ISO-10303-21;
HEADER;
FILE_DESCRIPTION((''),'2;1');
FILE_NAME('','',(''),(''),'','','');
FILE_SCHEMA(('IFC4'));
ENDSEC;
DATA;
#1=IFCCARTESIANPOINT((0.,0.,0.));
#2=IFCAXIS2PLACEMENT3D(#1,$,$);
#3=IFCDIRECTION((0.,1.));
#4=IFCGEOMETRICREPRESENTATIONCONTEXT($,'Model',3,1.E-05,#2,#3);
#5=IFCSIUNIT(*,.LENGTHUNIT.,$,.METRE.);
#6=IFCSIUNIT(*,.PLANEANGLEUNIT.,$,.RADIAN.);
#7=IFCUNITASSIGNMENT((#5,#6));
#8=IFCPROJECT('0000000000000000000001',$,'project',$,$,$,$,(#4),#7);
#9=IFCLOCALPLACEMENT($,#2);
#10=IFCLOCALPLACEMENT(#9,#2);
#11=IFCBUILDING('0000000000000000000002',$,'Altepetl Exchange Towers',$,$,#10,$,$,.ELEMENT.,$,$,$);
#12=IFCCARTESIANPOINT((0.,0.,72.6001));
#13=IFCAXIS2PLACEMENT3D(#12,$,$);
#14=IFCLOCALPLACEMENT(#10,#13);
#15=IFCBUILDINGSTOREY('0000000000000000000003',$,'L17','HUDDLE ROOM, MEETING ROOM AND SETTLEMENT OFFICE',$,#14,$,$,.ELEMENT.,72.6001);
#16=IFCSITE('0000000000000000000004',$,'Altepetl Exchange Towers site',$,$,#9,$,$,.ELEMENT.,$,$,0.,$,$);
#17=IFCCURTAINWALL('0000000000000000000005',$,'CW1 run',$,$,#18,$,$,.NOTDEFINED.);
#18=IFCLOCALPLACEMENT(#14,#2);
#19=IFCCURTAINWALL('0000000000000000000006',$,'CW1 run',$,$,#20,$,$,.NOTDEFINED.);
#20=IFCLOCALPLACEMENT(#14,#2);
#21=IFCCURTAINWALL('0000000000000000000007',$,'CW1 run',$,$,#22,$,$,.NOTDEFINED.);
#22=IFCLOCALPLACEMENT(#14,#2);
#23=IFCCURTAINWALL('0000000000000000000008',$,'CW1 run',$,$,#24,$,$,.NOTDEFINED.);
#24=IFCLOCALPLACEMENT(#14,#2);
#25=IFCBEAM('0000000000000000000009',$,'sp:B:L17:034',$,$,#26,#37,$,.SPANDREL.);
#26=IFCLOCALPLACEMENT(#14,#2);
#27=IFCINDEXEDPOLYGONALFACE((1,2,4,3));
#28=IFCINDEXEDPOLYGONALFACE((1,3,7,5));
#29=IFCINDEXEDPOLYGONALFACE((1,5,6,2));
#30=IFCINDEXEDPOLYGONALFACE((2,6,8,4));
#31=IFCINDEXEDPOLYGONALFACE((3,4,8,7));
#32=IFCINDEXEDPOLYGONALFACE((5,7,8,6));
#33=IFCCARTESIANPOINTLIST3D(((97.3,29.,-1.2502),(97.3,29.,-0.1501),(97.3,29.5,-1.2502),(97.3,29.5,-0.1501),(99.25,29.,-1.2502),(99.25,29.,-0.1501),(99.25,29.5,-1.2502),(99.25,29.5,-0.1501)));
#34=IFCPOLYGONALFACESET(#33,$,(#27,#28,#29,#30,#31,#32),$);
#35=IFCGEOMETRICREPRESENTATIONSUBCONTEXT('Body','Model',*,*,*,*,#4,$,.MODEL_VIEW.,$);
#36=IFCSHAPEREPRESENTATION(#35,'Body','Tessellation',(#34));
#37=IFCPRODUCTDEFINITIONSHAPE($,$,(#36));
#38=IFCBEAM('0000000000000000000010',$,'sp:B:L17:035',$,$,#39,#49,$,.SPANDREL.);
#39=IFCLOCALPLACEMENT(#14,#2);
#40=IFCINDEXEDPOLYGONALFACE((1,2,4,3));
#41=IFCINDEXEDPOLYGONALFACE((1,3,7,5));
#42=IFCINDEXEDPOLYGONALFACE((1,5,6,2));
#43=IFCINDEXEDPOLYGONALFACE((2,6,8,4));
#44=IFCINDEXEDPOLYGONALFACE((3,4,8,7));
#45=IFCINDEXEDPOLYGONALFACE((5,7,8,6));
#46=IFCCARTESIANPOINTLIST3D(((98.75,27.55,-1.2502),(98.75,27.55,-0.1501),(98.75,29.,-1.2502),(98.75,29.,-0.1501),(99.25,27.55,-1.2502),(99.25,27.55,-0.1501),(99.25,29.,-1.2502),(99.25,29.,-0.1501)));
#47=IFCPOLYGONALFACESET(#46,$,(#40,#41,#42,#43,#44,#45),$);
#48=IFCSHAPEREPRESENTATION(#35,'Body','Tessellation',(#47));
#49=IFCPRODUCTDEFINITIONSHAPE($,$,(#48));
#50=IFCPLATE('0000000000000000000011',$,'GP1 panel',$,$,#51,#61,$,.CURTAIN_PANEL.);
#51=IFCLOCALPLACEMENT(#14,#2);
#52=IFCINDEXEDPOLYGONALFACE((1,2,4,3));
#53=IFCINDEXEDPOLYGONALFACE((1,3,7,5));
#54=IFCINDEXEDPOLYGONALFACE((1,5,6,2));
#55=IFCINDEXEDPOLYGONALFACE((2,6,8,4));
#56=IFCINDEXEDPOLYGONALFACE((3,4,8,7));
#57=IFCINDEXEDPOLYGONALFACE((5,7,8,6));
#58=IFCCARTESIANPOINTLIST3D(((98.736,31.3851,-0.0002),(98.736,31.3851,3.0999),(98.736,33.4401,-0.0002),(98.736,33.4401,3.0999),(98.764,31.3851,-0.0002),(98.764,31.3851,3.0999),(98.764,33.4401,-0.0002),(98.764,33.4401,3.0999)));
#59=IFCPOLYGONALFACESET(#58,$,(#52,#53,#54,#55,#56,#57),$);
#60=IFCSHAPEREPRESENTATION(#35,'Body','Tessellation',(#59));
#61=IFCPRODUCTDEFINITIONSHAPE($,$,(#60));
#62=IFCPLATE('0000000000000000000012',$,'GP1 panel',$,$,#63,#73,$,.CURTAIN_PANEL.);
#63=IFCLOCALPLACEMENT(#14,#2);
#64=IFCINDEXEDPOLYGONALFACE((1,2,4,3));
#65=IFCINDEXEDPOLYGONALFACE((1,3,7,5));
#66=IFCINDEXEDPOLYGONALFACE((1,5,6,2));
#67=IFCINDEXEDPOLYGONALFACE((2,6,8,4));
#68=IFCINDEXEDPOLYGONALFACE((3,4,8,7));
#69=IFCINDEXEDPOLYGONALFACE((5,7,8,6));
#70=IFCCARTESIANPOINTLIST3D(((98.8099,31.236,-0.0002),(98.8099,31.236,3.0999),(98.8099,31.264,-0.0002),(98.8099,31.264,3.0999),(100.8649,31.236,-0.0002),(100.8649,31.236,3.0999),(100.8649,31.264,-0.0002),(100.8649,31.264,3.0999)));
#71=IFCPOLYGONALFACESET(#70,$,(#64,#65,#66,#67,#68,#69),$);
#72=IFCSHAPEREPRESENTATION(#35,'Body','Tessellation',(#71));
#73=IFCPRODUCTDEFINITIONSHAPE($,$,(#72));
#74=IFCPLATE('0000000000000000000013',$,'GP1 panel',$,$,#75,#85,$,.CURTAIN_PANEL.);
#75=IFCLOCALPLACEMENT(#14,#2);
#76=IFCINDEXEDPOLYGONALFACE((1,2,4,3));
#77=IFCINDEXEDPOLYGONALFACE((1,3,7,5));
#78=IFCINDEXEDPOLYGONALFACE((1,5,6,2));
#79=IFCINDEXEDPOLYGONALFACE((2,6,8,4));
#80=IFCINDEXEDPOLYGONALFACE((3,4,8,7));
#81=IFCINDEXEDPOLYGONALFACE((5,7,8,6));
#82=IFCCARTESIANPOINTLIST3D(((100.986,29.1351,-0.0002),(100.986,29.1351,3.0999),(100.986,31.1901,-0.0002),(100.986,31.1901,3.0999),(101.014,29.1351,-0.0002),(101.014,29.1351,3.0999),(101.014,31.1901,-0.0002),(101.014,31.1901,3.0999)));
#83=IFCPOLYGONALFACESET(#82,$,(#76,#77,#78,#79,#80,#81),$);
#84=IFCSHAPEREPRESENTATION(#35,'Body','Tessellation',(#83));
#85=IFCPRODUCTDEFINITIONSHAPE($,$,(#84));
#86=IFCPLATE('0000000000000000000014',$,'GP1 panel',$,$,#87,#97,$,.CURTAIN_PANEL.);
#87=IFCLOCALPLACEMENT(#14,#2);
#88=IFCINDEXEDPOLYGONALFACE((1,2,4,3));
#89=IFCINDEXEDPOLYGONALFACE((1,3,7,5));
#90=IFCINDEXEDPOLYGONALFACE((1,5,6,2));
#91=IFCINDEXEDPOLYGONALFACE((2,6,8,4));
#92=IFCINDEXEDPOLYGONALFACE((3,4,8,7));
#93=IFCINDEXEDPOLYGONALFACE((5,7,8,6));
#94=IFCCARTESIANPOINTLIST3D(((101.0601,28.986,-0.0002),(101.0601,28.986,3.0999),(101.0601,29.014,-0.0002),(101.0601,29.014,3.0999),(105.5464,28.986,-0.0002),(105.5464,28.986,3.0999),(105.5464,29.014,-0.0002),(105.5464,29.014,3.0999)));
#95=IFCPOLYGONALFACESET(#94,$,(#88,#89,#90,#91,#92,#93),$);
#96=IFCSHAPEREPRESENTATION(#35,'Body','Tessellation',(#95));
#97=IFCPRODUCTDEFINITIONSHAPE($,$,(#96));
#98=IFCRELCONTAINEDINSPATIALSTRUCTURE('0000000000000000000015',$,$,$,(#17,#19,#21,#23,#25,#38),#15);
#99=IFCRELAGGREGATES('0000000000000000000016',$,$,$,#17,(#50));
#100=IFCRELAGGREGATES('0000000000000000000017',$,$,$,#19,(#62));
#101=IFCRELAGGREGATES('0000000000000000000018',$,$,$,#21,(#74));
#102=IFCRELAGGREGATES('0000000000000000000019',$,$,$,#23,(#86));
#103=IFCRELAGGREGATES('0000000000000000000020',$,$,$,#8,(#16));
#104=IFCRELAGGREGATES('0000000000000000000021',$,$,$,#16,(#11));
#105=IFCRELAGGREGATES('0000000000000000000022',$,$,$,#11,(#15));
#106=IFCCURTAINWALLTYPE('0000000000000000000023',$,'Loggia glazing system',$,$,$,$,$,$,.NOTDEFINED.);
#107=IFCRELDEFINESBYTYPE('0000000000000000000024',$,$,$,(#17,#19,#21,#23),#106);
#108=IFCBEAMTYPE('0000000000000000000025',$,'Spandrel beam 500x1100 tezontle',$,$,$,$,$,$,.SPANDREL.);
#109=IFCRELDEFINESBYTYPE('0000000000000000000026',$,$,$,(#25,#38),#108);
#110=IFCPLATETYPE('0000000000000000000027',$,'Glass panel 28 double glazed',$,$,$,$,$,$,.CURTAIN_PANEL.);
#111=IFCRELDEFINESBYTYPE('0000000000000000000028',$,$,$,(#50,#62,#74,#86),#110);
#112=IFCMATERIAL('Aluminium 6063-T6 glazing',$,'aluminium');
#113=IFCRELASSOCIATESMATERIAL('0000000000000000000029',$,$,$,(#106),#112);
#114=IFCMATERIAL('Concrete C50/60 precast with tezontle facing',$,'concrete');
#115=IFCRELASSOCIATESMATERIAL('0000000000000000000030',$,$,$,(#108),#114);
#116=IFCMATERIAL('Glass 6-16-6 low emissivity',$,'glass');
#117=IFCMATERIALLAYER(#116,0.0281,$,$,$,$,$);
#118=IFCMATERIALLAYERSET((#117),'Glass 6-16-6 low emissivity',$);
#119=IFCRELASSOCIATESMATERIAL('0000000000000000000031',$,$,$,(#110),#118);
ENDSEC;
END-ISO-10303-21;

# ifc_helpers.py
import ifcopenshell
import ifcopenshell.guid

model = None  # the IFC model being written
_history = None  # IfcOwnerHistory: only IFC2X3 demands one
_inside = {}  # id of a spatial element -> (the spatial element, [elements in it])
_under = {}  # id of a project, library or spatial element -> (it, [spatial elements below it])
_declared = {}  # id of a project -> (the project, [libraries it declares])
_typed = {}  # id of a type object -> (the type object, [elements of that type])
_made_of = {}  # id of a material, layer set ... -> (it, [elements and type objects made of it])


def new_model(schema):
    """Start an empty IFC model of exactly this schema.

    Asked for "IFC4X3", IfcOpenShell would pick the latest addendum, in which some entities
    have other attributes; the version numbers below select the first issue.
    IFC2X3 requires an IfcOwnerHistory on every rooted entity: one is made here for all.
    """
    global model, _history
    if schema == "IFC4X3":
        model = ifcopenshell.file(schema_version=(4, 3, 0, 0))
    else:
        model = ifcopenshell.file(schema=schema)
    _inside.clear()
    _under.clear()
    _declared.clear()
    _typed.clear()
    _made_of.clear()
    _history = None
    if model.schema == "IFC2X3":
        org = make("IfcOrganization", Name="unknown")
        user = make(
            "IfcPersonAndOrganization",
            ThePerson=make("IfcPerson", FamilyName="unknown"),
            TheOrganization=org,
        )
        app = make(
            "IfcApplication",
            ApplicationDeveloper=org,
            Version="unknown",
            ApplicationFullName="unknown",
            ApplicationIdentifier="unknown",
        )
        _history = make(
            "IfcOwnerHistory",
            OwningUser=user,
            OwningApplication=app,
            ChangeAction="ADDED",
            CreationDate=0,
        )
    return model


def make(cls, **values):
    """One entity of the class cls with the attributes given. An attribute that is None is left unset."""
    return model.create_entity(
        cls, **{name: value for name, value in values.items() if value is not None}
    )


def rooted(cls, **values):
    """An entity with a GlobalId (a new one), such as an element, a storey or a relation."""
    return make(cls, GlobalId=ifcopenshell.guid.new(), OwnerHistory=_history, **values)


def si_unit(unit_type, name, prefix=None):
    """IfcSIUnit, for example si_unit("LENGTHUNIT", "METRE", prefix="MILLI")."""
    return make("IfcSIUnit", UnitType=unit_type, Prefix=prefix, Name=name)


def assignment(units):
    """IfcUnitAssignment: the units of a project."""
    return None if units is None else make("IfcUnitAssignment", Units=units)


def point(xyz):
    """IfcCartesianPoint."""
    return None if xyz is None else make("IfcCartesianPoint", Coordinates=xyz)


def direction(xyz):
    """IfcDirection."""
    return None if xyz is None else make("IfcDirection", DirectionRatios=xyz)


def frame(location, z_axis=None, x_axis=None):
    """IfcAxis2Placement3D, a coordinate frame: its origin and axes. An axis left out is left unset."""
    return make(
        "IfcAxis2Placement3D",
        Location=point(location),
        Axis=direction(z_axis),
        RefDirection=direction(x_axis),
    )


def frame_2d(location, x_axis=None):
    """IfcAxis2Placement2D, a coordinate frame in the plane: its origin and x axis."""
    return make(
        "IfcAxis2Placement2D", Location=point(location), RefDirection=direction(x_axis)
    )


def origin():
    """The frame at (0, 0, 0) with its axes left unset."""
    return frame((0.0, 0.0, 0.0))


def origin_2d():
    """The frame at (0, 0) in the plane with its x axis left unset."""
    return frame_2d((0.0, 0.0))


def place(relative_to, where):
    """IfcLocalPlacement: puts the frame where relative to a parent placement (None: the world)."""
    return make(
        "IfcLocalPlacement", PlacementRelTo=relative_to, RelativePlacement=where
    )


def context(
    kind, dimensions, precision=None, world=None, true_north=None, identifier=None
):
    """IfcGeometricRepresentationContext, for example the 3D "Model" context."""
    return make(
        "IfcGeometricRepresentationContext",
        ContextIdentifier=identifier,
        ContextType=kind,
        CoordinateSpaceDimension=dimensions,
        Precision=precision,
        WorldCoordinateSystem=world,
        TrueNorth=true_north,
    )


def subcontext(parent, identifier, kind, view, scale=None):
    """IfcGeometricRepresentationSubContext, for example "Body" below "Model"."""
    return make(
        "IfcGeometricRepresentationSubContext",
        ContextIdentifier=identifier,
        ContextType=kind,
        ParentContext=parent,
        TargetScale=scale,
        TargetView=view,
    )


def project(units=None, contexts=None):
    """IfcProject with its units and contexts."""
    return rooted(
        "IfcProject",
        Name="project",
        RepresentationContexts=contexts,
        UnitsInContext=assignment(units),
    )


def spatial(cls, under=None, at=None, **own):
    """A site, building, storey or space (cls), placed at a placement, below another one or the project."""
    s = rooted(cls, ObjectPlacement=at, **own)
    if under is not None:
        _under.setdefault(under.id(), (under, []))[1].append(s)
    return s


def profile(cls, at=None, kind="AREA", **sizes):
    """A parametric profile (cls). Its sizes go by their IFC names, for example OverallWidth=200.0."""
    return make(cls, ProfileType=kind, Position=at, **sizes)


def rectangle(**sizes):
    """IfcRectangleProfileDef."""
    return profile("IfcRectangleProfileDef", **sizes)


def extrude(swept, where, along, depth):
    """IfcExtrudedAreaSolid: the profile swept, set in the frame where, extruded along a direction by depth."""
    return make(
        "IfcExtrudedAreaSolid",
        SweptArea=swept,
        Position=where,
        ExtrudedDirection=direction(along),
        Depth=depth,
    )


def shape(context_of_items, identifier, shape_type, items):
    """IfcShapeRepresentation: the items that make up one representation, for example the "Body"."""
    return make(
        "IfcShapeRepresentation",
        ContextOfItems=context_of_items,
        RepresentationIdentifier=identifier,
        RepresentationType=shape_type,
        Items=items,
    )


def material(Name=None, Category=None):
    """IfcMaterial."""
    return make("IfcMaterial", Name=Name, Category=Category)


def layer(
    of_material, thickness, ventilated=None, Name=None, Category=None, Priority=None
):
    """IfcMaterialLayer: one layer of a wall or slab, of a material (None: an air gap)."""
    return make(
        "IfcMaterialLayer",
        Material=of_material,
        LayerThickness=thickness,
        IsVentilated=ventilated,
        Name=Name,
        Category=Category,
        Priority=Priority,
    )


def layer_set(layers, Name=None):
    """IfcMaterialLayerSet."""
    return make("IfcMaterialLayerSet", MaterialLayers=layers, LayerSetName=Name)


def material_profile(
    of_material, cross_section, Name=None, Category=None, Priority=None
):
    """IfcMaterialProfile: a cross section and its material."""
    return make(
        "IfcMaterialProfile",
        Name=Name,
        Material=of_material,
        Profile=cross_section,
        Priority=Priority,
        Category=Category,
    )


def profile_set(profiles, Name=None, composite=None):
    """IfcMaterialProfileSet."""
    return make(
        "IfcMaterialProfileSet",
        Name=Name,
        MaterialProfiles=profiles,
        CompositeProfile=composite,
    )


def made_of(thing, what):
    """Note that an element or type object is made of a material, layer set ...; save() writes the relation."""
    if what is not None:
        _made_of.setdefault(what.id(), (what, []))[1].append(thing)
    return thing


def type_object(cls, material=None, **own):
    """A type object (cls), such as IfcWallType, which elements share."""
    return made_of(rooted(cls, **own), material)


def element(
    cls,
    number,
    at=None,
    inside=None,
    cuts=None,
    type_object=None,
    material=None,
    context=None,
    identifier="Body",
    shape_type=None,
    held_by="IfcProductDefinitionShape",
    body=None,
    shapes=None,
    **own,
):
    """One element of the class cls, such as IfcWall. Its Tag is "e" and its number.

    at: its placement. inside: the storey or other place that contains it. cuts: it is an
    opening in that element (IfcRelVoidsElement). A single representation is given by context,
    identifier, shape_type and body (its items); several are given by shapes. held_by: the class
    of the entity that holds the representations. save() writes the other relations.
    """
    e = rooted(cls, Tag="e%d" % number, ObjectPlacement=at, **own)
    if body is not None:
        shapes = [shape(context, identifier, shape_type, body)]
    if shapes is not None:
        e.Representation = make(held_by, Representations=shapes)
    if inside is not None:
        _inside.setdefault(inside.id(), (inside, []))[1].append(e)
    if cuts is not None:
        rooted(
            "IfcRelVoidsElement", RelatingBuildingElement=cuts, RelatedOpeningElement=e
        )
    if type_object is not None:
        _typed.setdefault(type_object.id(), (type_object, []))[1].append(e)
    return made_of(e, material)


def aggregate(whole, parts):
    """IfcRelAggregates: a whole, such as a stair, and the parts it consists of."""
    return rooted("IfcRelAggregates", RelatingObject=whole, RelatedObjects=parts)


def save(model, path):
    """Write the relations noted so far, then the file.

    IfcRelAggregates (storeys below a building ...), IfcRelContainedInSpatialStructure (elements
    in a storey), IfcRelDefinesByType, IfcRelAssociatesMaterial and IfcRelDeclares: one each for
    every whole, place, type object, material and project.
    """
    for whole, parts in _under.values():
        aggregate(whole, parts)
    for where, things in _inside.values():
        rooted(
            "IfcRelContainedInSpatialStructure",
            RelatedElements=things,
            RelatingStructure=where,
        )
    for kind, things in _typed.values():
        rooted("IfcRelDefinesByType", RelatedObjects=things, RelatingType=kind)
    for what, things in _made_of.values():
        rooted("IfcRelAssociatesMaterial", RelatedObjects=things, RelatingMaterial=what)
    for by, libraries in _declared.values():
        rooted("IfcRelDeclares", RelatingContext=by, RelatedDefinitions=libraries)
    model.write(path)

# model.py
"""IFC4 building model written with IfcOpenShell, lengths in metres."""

from ifc_helpers import new_model, si_unit, direction, frame, origin, origin_2d, place, context, subcontext, project, spatial, rectangle, extrude, material, layer, layer_set, material_profile, profile_set, type_object, element, aggregate, save


model = new_model("IFC4")

# Units and contexts
model_context = context("Model", 3, precision=1e-05, world=origin(), true_north=direction((0.0, 1.0)))
body_context = subcontext(model_context, "Body", "Model", "MODEL_VIEW")
ifc_project = project(units=[si_unit("LENGTHUNIT", "METRE"), si_unit("PLANEANGLEUNIT", "RADIAN")], contexts=[model_context])

# Site, building, storey
site_placement = place(None, origin())
site = spatial("IfcSite", under=ifc_project, at=site_placement, Name="Altepetl Exchange Towers site", CompositionType="ELEMENT", RefElevation=0.0)
building_placement = place(site_placement, origin())
building = spatial("IfcBuilding", under=site, at=building_placement, Name="Altepetl Exchange Towers", CompositionType="ELEMENT")
storey_placement = place(building_placement, frame((0.0, 0.0, 72.6001)))
storey = spatial("IfcBuildingStorey", under=building, at=storey_placement, Name="L17", Description="HUDDLE ROOM, MEETING ROOM AND SETTLEMENT OFFICE", CompositionType="ELEMENT", Elevation=72.6001)

# Curtain wall
ifc_material_1 = material(Name="Aluminium 6063-T6 glazing", Category="aluminium")
curtain_wall_type = type_object("IfcCurtainWallType", Name="Loggia glazing system", PredefinedType="NOTDEFINED", material=ifc_material_1)
curtain_wall_1_placement = place(storey_placement, origin())
curtain_wall_1 = element("IfcCurtainWall", 1, at=curtain_wall_1_placement, inside=storey, type_object=curtain_wall_type, Name="CW1 run", PredefinedType="NOTDEFINED")

# Curtain walls
curtain_wall_2_placement = place(storey_placement, origin())
curtain_wall_2 = element("IfcCurtainWall", 2, at=curtain_wall_2_placement, inside=storey, type_object=curtain_wall_type, Name="CW1 run", PredefinedType="NOTDEFINED")
curtain_wall_3_placement = place(storey_placement, origin())
curtain_wall_3 = element("IfcCurtainWall", 3, at=curtain_wall_3_placement, inside=storey, type_object=curtain_wall_type, Name="CW1 run", PredefinedType="NOTDEFINED")

# Curtain wall
curtain_wall_4_placement = place(storey_placement, origin())
curtain_wall_4 = element("IfcCurtainWall", 4, at=curtain_wall_4_placement, inside=storey, type_object=curtain_wall_type, Name="CW1 run", PredefinedType="NOTDEFINED")

# Beams
ifc_material_2 = material(Name="Concrete C50/60 precast with tezontle facing", Category="concrete")
ifc_material_profile_1 = material_profile(ifc_material_2, rectangle(XDim=0.5, YDim=1.1001, at=origin_2d()), Name="500 x 1100")
ifc_profile_set_1 = profile_set([ifc_material_profile_1], Name="Concrete C50/60 precast with tezontle facing")
beam_type_1 = type_object("IfcBeamType", Name="Spandrel beam 500x1100 tezontle", PredefinedType="SPANDREL", material=ifc_profile_set_1)
beam_1_placement = place(storey_placement, frame((97.3, 29.25, -0.7002), z_axis=(1.0, 0.0, 0.0), x_axis=(0.0, 1.0, 0.0)))
element("IfcBeam", 5, at=beam_1_placement, inside=storey, type_object=beam_type_1, Name="sp:B:L17:034", PredefinedType="SPANDREL", context=body_context, shape_type="SweptSolid", body=[
    extrude(rectangle(XDim=0.5, YDim=1.1001, at=origin_2d()), origin(), (0.0, 0.0, 1.0), 1.95),
])
beam_2_placement = place(storey_placement, frame((99.0, 29.0, -0.7002), z_axis=(0.0, -1.0, 0.0), x_axis=(1.0, 0.0, 0.0)))
element("IfcBeam", 6, at=beam_2_placement, inside=storey, type_object=beam_type_1, Name="sp:B:L17:035", PredefinedType="SPANDREL", context=body_context, shape_type="SweptSolid", body=[
    extrude(rectangle(XDim=0.5, YDim=1.1001, at=origin_2d()), origin(), (0.0, 0.0, 1.0), 1.45),
])

# Plates
ifc_material_3 = material(Name="Glass 6-16-6 low emissivity", Category="glass")
ifc_layer = layer(ifc_material_3, 0.0281)
ifc_layer_set = layer_set([ifc_layer], Name="Glass 6-16-6 low emissivity")
plate_type = type_object("IfcPlateType", Name="Glass panel 28 double glazed", PredefinedType="CURTAIN_PANEL", material=ifc_layer_set)
plate_1_placement = place(storey_placement, frame((98.75, 32.4126, -0.0002), z_axis=(0.0, 0.0, 1.0), x_axis=(0.0, -1.0, 0.0)))
plate_1 = element("IfcPlate", 7, at=plate_1_placement, type_object=plate_type, Name="GP1 panel", PredefinedType="CURTAIN_PANEL", context=body_context, shape_type="SweptSolid", body=[
    extrude(rectangle(XDim=2.0549, YDim=0.0281, at=origin_2d()), origin(), (0.0, 0.0, 1.0), 3.1001),
])
aggregate(curtain_wall_1, [plate_1])
plate_2_placement = place(storey_placement, frame((99.8374, 31.25, -0.0002)))
plate_2 = element("IfcPlate", 8, at=plate_2_placement, type_object=plate_type, Name="GP1 panel", PredefinedType="CURTAIN_PANEL", context=body_context, shape_type="SweptSolid", body=[
    extrude(rectangle(XDim=2.0549, YDim=0.0281, at=origin_2d()), origin(), (0.0, 0.0, 1.0), 3.1001),
])
aggregate(curtain_wall_2, [plate_2])
plate_3_placement = place(storey_placement, frame((101.0, 30.1626, -0.0002), z_axis=(0.0, 0.0, 1.0), x_axis=(0.0, -1.0, 0.0)))
plate_3 = element("IfcPlate", 9, at=plate_3_placement, type_object=plate_type, Name="GP1 panel", PredefinedType="CURTAIN_PANEL", context=body_context, shape_type="SweptSolid", body=[
    extrude(rectangle(XDim=2.0549, YDim=0.0281, at=origin_2d()), origin(), (0.0, 0.0, 1.0), 3.1001),
])
aggregate(curtain_wall_3, [plate_3])
plate_4_placement = place(storey_placement, frame((103.3032, 29.0, -0.0002)))
plate_4 = element("IfcPlate", 10, at=plate_4_placement, type_object=plate_type, Name="GP1 panel", PredefinedType="CURTAIN_PANEL", context=body_context, shape_type="SweptSolid", body=[
    extrude(rectangle(XDim=4.4863, YDim=0.0281, at=origin_2d()), origin(), (0.0, 0.0, 1.0), 3.1001),
])
aggregate(curtain_wall_4, [plate_4])

save(model, "model.ifc")
